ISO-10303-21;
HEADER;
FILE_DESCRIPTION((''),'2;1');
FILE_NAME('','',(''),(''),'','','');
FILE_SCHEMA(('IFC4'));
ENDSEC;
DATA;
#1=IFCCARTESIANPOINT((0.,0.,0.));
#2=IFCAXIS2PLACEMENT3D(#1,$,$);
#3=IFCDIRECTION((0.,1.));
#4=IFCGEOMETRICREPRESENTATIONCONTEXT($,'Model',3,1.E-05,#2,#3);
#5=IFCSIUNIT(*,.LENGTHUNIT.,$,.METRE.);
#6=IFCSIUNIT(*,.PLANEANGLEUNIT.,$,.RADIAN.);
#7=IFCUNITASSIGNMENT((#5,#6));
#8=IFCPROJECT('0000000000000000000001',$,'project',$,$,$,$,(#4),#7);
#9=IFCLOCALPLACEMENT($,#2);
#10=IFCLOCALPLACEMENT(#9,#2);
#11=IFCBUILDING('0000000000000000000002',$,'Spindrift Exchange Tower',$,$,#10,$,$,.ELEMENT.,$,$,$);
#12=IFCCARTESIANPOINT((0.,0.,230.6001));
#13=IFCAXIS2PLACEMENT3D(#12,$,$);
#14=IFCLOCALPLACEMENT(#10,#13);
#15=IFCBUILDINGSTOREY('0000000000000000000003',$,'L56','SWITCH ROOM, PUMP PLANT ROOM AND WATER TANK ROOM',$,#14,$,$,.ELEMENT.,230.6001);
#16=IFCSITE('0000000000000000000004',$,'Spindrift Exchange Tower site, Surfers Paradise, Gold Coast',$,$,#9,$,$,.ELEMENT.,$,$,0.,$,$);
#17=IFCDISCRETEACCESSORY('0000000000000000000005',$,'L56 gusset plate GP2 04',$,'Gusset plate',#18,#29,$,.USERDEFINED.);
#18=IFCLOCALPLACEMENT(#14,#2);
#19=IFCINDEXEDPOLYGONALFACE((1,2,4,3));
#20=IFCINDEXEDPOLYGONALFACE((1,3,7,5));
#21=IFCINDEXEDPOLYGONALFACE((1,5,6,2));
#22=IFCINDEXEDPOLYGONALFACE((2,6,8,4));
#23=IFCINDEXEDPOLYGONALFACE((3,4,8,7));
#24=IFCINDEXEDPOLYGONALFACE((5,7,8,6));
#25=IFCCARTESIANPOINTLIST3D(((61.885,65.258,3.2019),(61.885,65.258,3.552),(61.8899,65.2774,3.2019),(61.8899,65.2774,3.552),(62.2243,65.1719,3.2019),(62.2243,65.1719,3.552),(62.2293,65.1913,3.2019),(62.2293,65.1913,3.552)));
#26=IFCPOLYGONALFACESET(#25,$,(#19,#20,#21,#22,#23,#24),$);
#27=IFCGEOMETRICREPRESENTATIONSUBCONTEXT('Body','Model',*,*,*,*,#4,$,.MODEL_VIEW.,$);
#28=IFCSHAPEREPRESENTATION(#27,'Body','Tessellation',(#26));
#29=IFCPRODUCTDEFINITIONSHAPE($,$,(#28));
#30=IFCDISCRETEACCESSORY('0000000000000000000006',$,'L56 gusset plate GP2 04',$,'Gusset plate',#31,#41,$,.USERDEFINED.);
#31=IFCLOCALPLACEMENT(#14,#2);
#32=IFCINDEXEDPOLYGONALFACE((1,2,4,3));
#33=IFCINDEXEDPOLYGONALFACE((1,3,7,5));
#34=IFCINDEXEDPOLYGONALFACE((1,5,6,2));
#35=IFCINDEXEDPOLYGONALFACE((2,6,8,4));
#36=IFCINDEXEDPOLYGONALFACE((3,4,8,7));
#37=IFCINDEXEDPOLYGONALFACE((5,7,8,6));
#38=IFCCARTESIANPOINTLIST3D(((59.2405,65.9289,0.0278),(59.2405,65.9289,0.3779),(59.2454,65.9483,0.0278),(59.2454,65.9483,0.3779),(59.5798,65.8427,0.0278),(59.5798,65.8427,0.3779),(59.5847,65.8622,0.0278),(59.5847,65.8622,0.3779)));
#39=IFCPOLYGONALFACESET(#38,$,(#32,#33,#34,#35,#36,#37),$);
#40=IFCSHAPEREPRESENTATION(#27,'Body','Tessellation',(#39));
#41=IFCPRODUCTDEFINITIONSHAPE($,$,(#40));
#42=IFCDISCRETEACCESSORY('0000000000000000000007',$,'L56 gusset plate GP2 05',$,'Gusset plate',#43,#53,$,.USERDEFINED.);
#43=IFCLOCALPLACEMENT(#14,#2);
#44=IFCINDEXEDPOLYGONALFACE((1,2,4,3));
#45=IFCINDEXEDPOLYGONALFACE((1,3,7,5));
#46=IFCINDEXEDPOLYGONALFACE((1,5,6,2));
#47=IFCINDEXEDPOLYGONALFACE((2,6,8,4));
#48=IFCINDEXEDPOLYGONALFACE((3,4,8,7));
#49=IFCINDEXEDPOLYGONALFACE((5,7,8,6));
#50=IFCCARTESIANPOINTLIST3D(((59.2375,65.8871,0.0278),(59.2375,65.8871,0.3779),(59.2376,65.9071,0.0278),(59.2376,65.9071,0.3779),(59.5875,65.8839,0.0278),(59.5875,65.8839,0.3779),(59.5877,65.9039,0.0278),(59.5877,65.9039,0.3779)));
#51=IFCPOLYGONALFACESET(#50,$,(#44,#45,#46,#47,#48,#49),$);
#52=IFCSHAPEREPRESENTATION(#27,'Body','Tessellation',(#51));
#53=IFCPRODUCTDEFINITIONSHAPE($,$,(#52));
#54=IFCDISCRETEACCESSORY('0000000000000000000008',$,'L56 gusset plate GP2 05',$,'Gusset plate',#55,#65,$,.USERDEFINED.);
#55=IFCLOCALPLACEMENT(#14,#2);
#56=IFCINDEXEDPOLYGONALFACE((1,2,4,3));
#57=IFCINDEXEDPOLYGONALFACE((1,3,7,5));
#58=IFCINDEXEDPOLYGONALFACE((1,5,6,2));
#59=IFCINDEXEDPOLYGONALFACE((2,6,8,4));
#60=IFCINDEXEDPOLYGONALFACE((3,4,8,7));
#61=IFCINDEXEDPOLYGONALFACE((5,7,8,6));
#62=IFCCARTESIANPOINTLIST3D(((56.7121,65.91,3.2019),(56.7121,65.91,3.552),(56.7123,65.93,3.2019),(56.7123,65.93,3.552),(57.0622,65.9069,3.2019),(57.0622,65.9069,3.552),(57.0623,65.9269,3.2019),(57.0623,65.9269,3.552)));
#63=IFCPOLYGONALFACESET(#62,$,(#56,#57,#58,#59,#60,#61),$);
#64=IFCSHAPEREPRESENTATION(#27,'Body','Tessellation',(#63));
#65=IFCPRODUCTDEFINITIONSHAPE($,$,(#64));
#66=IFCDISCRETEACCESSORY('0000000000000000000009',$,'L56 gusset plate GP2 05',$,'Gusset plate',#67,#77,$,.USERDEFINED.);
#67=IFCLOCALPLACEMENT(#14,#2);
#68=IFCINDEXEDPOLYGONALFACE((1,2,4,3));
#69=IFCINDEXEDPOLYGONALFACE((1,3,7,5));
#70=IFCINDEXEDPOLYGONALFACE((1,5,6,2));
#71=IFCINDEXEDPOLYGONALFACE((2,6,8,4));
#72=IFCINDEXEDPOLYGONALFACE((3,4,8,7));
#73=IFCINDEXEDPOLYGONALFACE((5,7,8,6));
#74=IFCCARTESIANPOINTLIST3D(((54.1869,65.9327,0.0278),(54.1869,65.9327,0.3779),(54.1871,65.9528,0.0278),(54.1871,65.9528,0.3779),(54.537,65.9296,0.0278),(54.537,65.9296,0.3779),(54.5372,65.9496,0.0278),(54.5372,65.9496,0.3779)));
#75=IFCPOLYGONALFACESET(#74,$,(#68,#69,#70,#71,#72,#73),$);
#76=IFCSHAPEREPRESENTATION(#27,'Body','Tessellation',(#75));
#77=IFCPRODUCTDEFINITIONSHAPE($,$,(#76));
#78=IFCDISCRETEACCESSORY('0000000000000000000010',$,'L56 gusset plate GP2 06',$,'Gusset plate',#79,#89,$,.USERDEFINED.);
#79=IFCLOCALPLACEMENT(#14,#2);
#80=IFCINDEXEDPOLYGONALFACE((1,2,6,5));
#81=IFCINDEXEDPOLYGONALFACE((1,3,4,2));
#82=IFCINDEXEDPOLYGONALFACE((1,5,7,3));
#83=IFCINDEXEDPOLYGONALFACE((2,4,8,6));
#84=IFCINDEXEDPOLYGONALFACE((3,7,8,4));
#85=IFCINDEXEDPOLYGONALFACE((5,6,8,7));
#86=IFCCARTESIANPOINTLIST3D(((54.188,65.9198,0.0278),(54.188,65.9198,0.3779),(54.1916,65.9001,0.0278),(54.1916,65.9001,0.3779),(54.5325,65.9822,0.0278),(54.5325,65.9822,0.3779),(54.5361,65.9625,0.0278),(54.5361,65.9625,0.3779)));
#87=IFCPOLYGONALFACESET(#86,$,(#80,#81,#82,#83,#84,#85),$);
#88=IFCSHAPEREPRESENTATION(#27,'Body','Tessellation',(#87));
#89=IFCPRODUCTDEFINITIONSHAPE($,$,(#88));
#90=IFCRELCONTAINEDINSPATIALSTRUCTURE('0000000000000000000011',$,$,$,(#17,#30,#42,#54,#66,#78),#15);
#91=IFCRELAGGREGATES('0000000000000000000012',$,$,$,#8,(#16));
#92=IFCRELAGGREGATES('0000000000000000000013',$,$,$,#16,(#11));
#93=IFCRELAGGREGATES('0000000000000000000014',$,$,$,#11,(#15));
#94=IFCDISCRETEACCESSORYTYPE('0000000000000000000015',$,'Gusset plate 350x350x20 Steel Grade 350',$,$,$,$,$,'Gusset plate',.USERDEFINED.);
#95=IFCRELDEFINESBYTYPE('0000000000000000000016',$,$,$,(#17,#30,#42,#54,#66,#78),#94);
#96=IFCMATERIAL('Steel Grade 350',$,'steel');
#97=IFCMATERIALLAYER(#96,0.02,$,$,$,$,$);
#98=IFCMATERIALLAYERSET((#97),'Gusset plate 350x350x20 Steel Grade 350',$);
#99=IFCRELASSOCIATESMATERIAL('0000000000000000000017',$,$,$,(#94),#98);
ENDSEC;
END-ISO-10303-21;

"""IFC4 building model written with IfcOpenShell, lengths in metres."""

from ifc_helpers import new_model, si_unit, direction, frame, origin, origin_2d, place, context, subcontext, project, spatial, rectangle, extrude, source, transform, mapped, material, layer, layer_set, type_object, element, save


model = new_model("IFC4")

# Units and contexts
model_context = context("Model", 3, precision=1e-05, world=origin(), true_north=direction((0.0, 1.0)))
body_context = subcontext(model_context, "Body", "Model", "MODEL_VIEW")
ifc_project = project(units=[si_unit("LENGTHUNIT", "METRE"), si_unit("PLANEANGLEUNIT", "RADIAN")], contexts=[model_context])

# Site, building, storey
site_placement = place(None, origin())
site = spatial("IfcSite", under=ifc_project, at=site_placement, Name="Spindrift Exchange Tower site, Surfers Paradise, Gold Coast", CompositionType="ELEMENT", RefElevation=0.0)
building_placement = place(site_placement, origin())
building = spatial("IfcBuilding", under=site, at=building_placement, Name="Spindrift Exchange Tower", CompositionType="ELEMENT")
storey_placement = place(building_placement, frame((0.0, 0.0, 230.6001)))
storey = spatial("IfcBuildingStorey", under=building, at=storey_placement, Name="L56", Description="SWITCH ROOM, PUMP PLANT ROOM AND WATER TANK ROOM", CompositionType="ELEMENT", Elevation=230.6001)

# Shared definitions
ifc_material_1 = material(Name="Steel Grade 350", Category="steel")

# Discrete accessories
ifc_layer_1 = layer(ifc_material_1, 0.02)
ifc_layer_set_1 = layer_set([ifc_layer_1], Name="Gusset plate 350x350x20 Steel Grade 350")
discrete_accessory_type_1 = type_object("IfcDiscreteAccessoryType", Name="Gusset plate 350x350x20 Steel Grade 350", ElementType="Gusset plate", PredefinedType="USERDEFINED", material=ifc_layer_set_1)
shared_shape_1 = source(origin(), body_context, "Body", "SweptSolid", [
    extrude(rectangle(XDim=0.3501, YDim=0.02, at=origin_2d()), origin(), (0.0, 0.0, 1.0), 0.3501),
])
for number, where, z_axis, x_axis, name in (
    (1, (62.0571, 65.2246, 3.2019), (0.0, 0.0, 1.0), (-0.969278, 0.245967, 0.0), "L56 gusset plate GP2 04"),
    (2, (59.4126, 65.8955, 0.0278), (0.0, 0.0, 1.0), (-0.969278, 0.245967, 0.0), "L56 gusset plate GP2 04"),
    (3, (59.4126, 65.8955, 0.0278), (0.0, 0.0, 1.0), (-0.999959, 0.009028, 0.0), "L56 gusset plate GP2 05"),
    (4, (56.8872, 65.9185, 3.2019), (0.0, 0.0, 1.0), (-0.999959, 0.009028, 0.0), "L56 gusset plate GP2 05"),
    (5, (54.3621, 65.9412, 0.0278), (0.0, 0.0, 1.0), (-0.999959, 0.009028, 0.0), "L56 gusset plate GP2 05"),
    (6, (54.3621, 65.9412, 0.0278), (0.0, 0.0, 1.0), (-0.983986, -0.178244, 0.0), "L56 gusset plate GP2 06"),
):
    element("IfcDiscreteAccessory", number, at=place(storey_placement, frame(where, z_axis=z_axis, x_axis=x_axis)), inside=storey, type_object=discrete_accessory_type_1, Name=name, ObjectType="Gusset plate", PredefinedType="USERDEFINED", context=body_context, shape_type="MappedRepresentation", body=[
        mapped(shared_shape_1, transform((0.0, 0.0, 0.0), scale=1.0)),
    ])

save(model, "model.ifc")
